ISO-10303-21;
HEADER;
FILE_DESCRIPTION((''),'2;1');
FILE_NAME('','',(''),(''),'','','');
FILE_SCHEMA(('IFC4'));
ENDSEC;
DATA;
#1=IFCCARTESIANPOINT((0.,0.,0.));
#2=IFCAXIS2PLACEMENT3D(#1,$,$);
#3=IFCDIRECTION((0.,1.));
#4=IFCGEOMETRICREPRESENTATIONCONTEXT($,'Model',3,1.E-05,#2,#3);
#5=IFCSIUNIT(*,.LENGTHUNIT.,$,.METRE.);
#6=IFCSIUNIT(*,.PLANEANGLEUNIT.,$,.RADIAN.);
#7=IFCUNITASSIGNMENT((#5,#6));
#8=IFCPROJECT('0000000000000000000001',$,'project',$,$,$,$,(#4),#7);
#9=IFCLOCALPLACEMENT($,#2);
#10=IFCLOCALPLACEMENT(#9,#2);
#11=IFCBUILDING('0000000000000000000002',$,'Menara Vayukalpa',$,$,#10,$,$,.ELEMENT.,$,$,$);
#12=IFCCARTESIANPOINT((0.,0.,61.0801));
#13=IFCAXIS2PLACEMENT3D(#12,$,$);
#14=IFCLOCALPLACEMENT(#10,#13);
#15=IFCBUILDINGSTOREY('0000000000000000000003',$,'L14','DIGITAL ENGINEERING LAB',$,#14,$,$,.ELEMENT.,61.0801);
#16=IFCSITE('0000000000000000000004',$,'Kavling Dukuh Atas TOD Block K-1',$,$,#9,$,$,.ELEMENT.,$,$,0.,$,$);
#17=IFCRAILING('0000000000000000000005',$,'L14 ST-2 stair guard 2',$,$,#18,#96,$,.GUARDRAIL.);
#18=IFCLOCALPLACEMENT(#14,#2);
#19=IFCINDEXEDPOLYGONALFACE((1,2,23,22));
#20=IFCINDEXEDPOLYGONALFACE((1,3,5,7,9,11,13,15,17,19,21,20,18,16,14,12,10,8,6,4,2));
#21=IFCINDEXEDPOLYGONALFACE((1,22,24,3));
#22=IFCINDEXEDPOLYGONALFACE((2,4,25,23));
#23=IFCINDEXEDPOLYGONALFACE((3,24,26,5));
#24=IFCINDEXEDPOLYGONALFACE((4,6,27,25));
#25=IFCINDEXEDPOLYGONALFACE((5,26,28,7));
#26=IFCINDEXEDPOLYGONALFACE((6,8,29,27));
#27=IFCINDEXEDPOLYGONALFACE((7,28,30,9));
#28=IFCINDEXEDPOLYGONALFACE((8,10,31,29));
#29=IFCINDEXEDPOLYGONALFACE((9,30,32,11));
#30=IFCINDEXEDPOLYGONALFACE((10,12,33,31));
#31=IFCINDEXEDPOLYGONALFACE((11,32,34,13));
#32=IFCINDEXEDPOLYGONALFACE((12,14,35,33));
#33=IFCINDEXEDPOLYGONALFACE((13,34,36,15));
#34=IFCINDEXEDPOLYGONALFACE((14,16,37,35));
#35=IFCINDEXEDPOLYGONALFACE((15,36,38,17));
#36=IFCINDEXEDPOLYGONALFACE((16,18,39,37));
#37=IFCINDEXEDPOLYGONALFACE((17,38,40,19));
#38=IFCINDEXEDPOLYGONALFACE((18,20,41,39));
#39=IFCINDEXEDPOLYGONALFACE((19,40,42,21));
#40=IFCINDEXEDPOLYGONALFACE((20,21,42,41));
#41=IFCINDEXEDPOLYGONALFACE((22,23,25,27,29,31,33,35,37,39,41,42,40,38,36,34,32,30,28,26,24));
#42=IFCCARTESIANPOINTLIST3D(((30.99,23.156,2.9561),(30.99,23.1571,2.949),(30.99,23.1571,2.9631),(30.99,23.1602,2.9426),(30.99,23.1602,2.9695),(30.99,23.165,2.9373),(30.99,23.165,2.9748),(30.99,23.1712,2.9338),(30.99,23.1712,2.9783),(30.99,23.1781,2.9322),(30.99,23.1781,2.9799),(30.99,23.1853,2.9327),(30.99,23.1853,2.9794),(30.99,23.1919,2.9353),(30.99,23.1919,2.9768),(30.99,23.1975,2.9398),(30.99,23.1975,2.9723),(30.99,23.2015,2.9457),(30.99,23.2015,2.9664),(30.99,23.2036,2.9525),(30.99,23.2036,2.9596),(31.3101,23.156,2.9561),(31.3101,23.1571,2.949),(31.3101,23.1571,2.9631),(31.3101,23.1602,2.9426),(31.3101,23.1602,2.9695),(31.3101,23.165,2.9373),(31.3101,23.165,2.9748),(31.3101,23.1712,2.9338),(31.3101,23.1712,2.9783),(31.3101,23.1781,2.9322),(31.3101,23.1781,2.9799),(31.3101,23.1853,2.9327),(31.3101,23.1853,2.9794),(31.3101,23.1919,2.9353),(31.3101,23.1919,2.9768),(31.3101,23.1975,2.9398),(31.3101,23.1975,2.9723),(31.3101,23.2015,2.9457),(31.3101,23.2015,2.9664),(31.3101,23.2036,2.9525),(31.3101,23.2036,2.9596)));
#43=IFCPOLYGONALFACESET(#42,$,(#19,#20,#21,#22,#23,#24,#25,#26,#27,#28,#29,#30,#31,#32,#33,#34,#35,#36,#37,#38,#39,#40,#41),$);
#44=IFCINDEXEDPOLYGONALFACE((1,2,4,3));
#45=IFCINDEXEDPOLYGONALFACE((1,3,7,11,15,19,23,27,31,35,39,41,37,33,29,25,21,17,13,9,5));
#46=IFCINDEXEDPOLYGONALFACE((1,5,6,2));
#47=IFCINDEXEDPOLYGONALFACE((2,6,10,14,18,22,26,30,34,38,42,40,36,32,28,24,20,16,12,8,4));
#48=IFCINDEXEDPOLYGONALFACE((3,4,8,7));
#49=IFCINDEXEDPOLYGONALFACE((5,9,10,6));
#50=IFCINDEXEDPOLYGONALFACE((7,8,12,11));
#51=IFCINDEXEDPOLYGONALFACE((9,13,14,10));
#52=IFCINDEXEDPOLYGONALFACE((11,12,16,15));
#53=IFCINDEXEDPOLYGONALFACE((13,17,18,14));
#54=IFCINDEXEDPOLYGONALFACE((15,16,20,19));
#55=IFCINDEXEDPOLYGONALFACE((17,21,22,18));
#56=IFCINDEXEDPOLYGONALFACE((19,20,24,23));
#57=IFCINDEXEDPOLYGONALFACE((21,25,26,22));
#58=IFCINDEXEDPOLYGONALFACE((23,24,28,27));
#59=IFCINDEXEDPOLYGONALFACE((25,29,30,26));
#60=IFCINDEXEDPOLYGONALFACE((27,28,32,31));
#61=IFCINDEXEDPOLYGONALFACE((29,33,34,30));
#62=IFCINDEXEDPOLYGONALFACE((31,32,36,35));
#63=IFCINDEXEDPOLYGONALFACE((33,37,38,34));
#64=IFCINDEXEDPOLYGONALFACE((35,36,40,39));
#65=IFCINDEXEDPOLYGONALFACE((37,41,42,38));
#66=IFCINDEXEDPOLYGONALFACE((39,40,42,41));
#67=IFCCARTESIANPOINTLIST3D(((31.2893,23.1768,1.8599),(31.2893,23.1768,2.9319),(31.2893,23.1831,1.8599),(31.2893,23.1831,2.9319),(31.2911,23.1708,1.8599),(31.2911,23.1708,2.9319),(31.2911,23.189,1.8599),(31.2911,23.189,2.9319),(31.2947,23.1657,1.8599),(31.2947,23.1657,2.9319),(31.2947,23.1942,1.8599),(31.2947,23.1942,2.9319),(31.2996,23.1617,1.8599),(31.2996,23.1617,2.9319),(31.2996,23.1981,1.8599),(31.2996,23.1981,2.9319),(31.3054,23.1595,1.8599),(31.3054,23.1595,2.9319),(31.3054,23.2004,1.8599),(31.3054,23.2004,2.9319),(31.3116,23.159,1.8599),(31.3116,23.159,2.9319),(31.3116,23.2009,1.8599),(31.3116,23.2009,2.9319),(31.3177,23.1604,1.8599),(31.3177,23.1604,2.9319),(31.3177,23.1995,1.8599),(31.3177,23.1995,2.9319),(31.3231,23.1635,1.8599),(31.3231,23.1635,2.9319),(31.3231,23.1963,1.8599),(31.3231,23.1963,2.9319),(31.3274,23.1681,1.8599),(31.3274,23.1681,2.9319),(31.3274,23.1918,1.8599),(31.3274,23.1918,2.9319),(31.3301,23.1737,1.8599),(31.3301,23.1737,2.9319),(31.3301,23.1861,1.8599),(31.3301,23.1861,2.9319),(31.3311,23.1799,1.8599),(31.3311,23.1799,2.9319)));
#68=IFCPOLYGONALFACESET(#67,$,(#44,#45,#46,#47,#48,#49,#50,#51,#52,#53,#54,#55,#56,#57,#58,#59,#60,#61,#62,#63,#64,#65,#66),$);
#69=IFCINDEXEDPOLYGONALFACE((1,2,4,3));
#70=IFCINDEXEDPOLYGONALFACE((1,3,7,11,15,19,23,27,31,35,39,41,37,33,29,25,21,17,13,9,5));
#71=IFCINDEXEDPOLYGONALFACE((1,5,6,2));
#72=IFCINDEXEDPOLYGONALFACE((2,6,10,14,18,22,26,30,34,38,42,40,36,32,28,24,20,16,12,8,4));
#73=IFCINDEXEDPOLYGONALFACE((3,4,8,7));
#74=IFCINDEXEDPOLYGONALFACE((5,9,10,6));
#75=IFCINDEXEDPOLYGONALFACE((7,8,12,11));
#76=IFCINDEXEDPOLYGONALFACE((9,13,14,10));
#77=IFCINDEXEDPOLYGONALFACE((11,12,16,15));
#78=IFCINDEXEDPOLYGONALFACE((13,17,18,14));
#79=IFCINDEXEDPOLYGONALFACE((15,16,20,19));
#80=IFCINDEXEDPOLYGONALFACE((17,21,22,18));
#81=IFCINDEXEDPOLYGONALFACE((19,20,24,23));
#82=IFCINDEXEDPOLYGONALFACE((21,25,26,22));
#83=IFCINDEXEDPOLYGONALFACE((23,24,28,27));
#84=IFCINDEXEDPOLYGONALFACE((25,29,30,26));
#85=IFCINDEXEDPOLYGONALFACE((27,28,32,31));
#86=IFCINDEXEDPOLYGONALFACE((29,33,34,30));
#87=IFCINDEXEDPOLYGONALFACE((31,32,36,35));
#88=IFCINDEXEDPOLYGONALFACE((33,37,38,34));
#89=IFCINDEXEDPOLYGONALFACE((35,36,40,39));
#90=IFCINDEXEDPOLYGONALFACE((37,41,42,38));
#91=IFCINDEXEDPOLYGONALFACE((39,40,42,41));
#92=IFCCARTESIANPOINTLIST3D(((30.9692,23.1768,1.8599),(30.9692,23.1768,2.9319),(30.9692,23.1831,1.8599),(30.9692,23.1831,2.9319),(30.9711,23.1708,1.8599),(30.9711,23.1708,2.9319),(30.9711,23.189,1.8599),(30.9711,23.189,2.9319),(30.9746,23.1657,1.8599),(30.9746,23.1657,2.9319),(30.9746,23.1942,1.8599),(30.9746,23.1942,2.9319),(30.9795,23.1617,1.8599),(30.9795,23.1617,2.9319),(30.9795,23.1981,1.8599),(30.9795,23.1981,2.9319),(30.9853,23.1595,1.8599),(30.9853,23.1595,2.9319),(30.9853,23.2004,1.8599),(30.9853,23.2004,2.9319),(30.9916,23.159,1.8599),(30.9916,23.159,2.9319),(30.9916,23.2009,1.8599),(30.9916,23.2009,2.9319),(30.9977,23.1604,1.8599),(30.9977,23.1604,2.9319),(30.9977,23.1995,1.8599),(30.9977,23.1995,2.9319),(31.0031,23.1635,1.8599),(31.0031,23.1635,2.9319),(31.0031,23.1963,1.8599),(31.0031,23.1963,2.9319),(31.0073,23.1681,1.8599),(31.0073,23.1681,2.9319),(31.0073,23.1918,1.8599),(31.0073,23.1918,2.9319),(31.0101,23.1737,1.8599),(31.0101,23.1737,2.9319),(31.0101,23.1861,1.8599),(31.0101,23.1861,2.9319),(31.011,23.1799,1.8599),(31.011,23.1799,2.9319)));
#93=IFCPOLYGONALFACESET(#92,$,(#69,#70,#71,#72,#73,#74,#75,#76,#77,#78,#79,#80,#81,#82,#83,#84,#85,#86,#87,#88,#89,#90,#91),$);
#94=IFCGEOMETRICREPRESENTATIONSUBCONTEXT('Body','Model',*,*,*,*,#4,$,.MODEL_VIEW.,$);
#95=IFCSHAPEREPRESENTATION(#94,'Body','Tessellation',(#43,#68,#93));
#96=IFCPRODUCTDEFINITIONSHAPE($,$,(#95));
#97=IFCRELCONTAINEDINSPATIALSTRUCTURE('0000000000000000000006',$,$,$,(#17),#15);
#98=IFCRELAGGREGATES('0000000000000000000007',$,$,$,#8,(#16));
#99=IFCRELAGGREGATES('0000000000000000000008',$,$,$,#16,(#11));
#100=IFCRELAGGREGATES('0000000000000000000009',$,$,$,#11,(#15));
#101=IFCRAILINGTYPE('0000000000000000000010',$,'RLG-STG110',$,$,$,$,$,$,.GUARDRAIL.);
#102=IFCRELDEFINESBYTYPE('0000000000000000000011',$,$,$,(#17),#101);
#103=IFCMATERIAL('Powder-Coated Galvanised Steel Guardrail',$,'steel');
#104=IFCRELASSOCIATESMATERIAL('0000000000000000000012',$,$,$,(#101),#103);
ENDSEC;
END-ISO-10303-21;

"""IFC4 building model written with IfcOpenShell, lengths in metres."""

from ifc_helpers import new_model, si_unit, direction, frame, origin, origin_2d, place, context, subcontext, project, spatial, circle, extrude, material, type_object, element, save


model = new_model("IFC4")

# Units and contexts
model_context = context("Model", 3, precision=1e-05, world=origin(), true_north=direction((0.0, 1.0)))
body_context = subcontext(model_context, "Body", "Model", "MODEL_VIEW")
ifc_project = project(units=[si_unit("LENGTHUNIT", "METRE"), si_unit("PLANEANGLEUNIT", "RADIAN")], contexts=[model_context])

# Site, building, storey
site_placement = place(None, origin())
site = spatial("IfcSite", under=ifc_project, at=site_placement, Name="Kavling Dukuh Atas TOD Block K-1", CompositionType="ELEMENT", RefElevation=0.0)
building_placement = place(site_placement, origin())
building = spatial("IfcBuilding", under=site, at=building_placement, Name="Menara Vayukalpa", CompositionType="ELEMENT")
storey_placement = place(building_placement, frame((0.0, 0.0, 61.0801)))
storey = spatial("IfcBuildingStorey", under=building, at=storey_placement, Name="L14", Description="DIGITAL ENGINEERING LAB", CompositionType="ELEMENT", Elevation=61.0801)

# Railing
ifc_material_1 = material(Name="Powder-Coated Galvanised Steel Guardrail", Category="steel")
railing_type_1 = type_object("IfcRailingType", Name="RLG-STG110", PredefinedType="GUARDRAIL", material=ifc_material_1)
railing_1_placement = place(storey_placement, frame((31.3101, 23.1799, 1.8599)))
element("IfcRailing", 1, at=railing_1_placement, inside=storey, type_object=railing_type_1, Name="L14 ST-2 stair guard 2", PredefinedType="GUARDRAIL", context=body_context, shape_type="SweptSolid", body=[
    extrude(circle(Radius=0.0239, at=origin_2d()), frame((0.0, 0.0, 1.0962), z_axis=(-1.0, 0.0, 0.0), x_axis=(0.0, -1.0, 0.0)), (0.0, 0.0, 1.0), 0.3201),
    extrude(circle(Radius=0.021, at=origin_2d()), origin(), (0.0, 0.0, 1.0), 1.072),
    extrude(circle(Radius=0.021, at=origin_2d()), frame((-0.3201, 0.0, 0.0)), (0.0, 0.0, 1.0), 1.072),
])

save(model, "model.ifc")
